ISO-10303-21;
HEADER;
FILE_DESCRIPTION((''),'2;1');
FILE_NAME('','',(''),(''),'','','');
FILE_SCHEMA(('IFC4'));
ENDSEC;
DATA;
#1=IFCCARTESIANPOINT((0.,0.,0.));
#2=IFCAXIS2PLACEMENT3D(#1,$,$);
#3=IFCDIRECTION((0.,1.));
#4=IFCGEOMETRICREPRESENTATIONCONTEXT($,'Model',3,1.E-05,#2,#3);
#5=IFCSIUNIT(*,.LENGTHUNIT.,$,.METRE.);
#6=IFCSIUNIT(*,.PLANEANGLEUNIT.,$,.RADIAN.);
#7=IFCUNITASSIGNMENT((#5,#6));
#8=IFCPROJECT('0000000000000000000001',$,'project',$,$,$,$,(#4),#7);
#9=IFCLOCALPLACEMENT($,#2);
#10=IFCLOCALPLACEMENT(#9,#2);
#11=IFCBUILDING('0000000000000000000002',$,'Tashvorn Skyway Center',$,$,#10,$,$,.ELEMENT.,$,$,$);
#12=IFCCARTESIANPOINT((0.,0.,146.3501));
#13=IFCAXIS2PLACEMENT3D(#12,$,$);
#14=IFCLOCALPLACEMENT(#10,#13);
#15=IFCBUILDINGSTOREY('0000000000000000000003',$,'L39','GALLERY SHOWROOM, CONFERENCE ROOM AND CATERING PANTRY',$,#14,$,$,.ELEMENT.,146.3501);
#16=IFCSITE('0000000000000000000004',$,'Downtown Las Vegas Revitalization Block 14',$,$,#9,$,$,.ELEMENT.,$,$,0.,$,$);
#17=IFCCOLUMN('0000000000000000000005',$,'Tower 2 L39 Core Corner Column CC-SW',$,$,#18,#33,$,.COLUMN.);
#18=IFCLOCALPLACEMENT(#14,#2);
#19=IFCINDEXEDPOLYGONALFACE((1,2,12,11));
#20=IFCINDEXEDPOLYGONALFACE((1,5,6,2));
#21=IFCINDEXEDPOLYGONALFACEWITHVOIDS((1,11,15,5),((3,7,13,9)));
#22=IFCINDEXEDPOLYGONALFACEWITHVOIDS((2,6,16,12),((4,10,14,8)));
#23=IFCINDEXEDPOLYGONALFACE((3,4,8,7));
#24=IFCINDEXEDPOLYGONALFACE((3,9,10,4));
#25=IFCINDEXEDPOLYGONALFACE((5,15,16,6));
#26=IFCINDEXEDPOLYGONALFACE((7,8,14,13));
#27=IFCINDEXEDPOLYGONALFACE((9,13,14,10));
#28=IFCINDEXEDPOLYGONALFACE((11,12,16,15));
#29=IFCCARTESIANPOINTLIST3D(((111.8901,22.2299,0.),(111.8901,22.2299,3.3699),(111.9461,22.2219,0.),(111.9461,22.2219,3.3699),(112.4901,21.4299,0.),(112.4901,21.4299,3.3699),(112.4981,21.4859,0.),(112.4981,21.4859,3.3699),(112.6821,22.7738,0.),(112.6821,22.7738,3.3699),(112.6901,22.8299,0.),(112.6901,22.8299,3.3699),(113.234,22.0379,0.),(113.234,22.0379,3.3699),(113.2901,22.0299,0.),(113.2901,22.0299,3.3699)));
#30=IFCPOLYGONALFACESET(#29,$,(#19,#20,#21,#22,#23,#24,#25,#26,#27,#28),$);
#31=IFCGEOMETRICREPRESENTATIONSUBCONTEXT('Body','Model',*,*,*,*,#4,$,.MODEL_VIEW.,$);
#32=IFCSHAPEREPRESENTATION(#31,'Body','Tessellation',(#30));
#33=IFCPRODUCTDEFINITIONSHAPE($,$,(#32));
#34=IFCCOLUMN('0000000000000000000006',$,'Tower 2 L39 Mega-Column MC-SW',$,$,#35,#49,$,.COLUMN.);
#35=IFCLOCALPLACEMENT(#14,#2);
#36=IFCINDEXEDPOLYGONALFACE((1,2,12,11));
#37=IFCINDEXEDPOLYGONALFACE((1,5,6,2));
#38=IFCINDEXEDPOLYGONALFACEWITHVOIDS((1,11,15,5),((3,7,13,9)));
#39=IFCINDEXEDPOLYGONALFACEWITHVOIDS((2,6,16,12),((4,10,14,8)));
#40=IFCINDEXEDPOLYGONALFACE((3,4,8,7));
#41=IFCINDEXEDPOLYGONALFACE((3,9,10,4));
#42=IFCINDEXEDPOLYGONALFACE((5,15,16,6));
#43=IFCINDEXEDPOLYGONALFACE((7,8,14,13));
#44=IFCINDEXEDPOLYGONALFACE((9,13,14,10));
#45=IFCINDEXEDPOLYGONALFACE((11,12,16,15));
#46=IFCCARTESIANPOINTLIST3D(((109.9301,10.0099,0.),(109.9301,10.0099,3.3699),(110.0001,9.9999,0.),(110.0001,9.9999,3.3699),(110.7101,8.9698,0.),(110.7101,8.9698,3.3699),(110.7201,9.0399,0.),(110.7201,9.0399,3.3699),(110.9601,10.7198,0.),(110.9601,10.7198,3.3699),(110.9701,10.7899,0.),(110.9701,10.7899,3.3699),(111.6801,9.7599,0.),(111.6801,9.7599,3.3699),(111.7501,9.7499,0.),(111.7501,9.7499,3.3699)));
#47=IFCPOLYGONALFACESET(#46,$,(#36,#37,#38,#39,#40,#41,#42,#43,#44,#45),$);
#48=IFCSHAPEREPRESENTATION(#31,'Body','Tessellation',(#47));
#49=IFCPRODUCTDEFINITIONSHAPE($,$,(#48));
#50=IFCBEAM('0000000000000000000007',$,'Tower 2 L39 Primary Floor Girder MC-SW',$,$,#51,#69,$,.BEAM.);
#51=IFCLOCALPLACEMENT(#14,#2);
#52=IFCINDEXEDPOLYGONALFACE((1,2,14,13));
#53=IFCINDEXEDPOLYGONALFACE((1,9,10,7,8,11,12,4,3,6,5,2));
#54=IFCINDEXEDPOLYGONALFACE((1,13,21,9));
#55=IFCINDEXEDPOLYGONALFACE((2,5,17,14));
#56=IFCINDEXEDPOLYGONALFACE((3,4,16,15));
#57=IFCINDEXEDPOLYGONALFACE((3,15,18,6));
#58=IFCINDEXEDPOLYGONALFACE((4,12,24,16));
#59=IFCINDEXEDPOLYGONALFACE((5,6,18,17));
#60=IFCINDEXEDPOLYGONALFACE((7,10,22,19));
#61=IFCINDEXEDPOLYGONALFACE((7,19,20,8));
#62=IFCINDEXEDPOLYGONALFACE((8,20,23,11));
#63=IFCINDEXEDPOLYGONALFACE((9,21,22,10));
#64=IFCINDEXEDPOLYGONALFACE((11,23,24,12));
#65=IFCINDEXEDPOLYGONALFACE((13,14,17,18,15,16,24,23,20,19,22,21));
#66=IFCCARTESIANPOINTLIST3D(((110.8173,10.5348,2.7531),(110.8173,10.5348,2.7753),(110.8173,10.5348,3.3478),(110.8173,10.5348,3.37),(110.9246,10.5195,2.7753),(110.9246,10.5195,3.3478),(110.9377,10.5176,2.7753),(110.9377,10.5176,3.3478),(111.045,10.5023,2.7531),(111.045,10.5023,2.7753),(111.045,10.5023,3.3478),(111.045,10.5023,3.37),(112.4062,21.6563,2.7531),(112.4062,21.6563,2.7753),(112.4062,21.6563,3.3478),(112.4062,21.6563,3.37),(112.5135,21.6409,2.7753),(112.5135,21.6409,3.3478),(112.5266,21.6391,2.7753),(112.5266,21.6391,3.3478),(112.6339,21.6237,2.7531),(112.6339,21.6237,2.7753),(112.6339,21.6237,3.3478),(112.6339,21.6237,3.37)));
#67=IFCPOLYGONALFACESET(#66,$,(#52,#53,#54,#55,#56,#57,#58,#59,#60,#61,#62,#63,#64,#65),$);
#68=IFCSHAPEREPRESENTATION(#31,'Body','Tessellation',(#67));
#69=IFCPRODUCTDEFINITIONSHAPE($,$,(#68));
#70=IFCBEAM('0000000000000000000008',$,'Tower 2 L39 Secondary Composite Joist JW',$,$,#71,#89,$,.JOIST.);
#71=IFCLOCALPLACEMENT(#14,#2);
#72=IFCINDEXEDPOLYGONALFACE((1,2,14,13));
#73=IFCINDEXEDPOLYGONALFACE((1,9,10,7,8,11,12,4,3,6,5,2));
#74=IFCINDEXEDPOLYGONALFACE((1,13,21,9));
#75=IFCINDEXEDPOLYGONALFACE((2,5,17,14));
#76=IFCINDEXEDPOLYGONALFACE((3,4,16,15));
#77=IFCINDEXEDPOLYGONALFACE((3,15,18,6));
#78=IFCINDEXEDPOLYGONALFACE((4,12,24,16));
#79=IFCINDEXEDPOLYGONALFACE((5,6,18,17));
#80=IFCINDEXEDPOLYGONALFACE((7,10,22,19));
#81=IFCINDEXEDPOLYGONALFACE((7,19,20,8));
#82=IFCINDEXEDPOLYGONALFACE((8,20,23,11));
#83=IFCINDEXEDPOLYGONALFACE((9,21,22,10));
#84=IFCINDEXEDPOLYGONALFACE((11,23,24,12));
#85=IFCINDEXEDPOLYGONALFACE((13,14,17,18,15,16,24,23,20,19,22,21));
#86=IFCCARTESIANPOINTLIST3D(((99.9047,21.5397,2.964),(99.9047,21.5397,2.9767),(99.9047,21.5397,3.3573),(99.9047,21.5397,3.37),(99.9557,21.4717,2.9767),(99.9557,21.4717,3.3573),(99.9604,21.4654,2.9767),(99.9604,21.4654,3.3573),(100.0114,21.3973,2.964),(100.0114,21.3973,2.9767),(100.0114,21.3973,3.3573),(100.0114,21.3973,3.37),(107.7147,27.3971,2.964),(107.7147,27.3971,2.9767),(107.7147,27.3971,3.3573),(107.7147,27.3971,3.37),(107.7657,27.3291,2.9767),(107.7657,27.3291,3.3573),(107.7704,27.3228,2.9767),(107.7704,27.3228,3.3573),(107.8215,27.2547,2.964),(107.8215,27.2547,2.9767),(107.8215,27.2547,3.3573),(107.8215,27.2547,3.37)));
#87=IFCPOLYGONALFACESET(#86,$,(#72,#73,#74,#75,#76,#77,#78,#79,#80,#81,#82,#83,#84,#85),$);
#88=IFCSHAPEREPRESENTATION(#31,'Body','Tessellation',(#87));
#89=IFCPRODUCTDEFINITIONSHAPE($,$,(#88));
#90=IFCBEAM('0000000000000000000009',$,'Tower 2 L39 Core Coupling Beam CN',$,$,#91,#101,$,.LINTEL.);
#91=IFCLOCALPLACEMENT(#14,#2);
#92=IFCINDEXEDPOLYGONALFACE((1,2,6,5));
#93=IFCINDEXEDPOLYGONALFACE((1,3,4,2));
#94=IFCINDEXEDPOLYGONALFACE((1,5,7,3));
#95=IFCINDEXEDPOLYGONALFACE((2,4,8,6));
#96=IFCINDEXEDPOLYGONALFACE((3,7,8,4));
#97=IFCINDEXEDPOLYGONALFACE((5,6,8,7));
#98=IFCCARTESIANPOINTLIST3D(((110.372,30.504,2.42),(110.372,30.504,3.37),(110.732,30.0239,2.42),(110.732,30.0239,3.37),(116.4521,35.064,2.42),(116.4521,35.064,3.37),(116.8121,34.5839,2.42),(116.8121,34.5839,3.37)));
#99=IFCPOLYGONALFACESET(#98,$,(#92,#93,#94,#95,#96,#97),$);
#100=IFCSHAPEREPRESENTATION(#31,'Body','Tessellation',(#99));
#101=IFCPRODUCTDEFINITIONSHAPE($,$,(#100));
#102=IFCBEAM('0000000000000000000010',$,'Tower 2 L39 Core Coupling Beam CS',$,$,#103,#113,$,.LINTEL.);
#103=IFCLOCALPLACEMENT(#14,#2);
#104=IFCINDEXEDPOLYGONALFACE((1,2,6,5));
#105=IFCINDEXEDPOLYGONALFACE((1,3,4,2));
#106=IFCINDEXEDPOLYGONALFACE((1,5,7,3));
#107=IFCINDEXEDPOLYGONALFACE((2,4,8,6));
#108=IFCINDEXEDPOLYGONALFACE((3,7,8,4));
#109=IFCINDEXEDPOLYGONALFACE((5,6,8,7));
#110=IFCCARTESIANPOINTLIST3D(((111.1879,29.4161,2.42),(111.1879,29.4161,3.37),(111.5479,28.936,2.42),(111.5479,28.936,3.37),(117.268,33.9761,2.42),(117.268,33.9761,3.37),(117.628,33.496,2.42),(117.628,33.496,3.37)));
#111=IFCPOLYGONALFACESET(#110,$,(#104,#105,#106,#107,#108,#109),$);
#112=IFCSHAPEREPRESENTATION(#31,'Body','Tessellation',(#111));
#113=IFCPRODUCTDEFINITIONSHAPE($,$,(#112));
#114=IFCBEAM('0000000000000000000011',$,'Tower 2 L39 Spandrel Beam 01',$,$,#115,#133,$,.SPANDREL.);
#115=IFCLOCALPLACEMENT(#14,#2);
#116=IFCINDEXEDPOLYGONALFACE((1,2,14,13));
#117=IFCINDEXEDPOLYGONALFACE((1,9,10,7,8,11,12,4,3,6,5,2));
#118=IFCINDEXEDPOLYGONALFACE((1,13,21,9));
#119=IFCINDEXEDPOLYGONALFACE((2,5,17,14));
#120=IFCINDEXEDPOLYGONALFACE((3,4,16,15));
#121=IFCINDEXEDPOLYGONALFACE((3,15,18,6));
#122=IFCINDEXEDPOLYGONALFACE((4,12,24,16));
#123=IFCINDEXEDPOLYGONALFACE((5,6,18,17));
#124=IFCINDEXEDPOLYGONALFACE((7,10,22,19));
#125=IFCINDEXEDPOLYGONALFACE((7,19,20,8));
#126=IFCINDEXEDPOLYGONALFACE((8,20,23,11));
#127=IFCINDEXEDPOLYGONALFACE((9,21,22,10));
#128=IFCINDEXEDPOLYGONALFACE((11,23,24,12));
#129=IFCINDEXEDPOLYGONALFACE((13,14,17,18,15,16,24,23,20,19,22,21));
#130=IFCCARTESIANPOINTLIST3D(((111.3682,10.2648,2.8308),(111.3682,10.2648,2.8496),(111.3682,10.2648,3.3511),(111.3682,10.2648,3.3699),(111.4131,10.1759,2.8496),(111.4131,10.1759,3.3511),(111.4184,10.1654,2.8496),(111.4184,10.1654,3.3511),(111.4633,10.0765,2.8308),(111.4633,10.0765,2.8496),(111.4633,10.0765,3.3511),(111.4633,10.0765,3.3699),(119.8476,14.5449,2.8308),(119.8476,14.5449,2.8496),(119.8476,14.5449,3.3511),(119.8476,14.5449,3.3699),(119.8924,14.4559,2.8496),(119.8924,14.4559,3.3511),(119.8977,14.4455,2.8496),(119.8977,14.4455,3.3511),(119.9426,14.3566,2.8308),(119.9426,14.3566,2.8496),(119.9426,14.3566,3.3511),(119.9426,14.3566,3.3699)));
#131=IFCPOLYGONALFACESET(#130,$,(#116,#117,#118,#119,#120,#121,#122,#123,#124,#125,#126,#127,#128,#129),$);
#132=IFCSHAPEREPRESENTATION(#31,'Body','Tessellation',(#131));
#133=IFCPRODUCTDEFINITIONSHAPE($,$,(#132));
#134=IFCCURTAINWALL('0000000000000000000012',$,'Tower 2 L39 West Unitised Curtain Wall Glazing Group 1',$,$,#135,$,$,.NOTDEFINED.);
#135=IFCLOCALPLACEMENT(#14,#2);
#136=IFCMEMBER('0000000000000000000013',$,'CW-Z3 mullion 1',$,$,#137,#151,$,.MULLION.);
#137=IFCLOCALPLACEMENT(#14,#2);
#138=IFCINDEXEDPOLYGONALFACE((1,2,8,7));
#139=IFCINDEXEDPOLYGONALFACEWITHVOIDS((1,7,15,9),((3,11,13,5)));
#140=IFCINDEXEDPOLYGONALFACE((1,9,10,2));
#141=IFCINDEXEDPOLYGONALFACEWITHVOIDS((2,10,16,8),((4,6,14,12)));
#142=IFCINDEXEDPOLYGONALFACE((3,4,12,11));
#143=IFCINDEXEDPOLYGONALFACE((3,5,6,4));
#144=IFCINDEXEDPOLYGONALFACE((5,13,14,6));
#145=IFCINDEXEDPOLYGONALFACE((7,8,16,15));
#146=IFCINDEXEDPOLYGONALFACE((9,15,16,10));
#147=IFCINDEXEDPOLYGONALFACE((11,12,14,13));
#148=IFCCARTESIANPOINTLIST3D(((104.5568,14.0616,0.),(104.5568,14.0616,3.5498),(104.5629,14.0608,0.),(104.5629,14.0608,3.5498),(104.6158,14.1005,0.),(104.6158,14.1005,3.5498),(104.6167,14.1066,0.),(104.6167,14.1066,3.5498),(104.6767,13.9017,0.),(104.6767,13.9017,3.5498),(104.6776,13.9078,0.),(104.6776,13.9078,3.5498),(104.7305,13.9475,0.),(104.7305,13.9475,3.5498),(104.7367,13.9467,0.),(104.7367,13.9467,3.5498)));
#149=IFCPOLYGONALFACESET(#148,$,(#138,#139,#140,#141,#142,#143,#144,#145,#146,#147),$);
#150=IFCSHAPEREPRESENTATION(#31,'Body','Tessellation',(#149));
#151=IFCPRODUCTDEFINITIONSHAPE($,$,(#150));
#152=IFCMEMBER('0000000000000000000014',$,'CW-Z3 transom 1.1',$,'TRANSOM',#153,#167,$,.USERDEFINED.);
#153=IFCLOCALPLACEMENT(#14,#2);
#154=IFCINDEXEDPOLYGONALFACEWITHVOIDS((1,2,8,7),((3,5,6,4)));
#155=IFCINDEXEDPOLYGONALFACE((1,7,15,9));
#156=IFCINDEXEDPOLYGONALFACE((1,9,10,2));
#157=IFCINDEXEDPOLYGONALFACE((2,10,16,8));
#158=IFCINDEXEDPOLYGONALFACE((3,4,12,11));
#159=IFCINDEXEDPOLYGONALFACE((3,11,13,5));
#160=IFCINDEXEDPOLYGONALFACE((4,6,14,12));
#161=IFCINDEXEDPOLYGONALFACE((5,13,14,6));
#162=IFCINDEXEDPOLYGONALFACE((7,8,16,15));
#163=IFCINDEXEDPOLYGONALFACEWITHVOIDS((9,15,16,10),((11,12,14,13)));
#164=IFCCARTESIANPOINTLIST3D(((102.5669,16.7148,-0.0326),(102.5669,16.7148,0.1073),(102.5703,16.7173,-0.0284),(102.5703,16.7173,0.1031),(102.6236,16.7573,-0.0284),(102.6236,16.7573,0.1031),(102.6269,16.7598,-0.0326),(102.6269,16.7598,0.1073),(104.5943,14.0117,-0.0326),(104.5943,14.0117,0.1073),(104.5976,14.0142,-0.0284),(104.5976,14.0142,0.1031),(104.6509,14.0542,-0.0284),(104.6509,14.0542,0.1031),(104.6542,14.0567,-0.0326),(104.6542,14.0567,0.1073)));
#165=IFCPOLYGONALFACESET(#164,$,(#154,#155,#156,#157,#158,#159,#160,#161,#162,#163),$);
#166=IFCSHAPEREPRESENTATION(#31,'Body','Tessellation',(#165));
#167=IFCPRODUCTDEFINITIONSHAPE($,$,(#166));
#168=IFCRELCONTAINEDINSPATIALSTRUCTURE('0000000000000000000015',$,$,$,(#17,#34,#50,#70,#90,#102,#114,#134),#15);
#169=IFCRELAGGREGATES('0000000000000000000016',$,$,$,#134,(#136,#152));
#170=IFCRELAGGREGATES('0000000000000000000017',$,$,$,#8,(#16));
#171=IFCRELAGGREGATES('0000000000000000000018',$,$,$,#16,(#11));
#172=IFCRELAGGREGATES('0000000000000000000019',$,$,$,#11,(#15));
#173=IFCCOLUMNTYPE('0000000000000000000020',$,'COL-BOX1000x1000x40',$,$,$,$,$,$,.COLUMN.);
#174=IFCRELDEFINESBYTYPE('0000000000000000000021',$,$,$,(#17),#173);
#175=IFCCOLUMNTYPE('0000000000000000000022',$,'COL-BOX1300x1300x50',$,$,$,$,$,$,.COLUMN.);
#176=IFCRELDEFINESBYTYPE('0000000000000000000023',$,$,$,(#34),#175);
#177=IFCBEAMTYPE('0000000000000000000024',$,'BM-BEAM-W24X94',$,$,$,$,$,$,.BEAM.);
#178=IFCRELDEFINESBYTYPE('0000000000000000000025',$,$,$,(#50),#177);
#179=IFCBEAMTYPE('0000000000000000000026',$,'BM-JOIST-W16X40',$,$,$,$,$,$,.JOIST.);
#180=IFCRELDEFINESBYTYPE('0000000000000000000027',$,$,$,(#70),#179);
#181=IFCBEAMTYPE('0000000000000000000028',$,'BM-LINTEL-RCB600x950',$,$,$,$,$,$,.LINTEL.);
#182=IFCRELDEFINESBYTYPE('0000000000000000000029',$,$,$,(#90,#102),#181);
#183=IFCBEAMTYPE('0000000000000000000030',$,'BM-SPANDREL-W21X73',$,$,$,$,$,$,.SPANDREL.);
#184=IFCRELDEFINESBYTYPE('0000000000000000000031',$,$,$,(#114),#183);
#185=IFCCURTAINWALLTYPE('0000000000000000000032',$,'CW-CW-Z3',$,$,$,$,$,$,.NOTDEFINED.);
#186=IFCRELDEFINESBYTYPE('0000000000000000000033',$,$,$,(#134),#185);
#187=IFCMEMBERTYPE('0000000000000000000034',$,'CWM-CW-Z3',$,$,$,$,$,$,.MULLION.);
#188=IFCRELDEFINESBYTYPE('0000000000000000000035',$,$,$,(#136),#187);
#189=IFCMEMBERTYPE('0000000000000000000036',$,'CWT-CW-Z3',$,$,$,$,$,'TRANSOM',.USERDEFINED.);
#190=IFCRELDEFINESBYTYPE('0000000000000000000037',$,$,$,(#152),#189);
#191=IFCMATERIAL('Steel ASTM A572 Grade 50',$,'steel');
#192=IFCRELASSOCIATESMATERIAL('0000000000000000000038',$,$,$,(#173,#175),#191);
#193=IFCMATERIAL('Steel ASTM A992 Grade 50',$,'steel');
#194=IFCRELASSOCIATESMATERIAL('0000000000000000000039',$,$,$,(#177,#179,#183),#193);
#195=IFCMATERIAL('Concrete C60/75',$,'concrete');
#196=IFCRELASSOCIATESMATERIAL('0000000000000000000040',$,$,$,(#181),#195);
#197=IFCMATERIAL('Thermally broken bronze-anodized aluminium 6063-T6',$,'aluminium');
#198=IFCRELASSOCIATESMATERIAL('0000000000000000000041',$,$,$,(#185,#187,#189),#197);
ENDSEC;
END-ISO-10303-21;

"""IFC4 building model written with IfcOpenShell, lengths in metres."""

from ifc_helpers import new_model, si_unit, direction, frame, origin, origin_2d, place, context, subcontext, project, spatial, rectangle, hollow_rectangle, i_section, extrude, material, material_profile, profile_set, type_object, element, aggregate, save


model = new_model("IFC4")

# Units and contexts
model_context = context("Model", 3, precision=1e-05, world=origin(), true_north=direction((0.0, 1.0)))
body_context = subcontext(model_context, "Body", "Model", "MODEL_VIEW")
ifc_project = project(units=[si_unit("LENGTHUNIT", "METRE"), si_unit("PLANEANGLEUNIT", "RADIAN")], contexts=[model_context])

# Site, building, storey
site_placement = place(None, origin())
site = spatial("IfcSite", under=ifc_project, at=site_placement, Name="Downtown Las Vegas Revitalization Block 14", CompositionType="ELEMENT", RefElevation=0.0)
building_placement = place(site_placement, origin())
building = spatial("IfcBuilding", under=site, at=building_placement, Name="Tashvorn Skyway Center", CompositionType="ELEMENT")
storey_placement = place(building_placement, frame((0.0, 0.0, 146.3501)))
storey = spatial("IfcBuildingStorey", under=building, at=storey_placement, Name="L39", Description="GALLERY SHOWROOM, CONFERENCE ROOM AND CATERING PANTRY", CompositionType="ELEMENT", Elevation=146.3501)

# Columns
ifc_material_1 = material(Name="Steel ASTM A572 Grade 50", Category="steel")
ifc_material_profile_1 = material_profile(ifc_material_1, hollow_rectangle(XDim=1.0, YDim=1.0, WallThickness=0.04, at=origin_2d()), Name="BOX1000x1000x40")
ifc_profile_set_1 = profile_set([ifc_material_profile_1], Name="Steel ASTM A572 Grade 50")
column_type_1 = type_object("IfcColumnType", Name="COL-BOX1000x1000x40", PredefinedType="COLUMN", material=ifc_profile_set_1)
column_1_placement = place(storey_placement, frame((112.5901, 22.1299, 0.0), z_axis=(0.0, 0.0, 1.0), x_axis=(0.8, 0.6, 0.0)))
element("IfcColumn", 1, at=column_1_placement, inside=storey, type_object=column_type_1, Name="Tower 2 L39 Core Corner Column CC-SW", PredefinedType="COLUMN", context=body_context, shape_type="SweptSolid", body=[
    extrude(hollow_rectangle(XDim=1.0, YDim=1.0, WallThickness=0.04, at=origin_2d()), origin(), (0.0, 0.0, 1.0), 3.3699),
])
ifc_material_profile_2 = material_profile(ifc_material_1, hollow_rectangle(XDim=1.3, YDim=1.3, WallThickness=0.05, at=origin_2d()), Name="BOX1300x1300x50")
ifc_profile_set_2 = profile_set([ifc_material_profile_2], Name="Steel ASTM A572 Grade 50")
column_type_2 = type_object("IfcColumnType", Name="COL-BOX1300x1300x50", PredefinedType="COLUMN", material=ifc_profile_set_2)
column_2_placement = place(storey_placement, frame((110.8401, 9.8799, 0.0), z_axis=(0.0, 0.0, 1.0), x_axis=(0.8, 0.6, 0.0)))
element("IfcColumn", 2, at=column_2_placement, inside=storey, type_object=column_type_2, Name="Tower 2 L39 Mega-Column MC-SW", PredefinedType="COLUMN", context=body_context, shape_type="SweptSolid", body=[
    extrude(hollow_rectangle(XDim=1.3, YDim=1.3, WallThickness=0.05, at=origin_2d()), origin(), (0.0, 0.0, 1.0), 3.3699),
])

# Beams
ifc_material_2 = material(Name="Steel ASTM A992 Grade 50", Category="steel")
ifc_material_profile_3 = material_profile(ifc_material_2, i_section(OverallWidth=0.23, OverallDepth=0.6169, WebThickness=0.0132, FlangeThickness=0.0222, at=origin_2d()), Name="W24X94")
ifc_profile_set_3 = profile_set([ifc_material_profile_3], Name="Steel ASTM A992 Grade 50")
beam_type_1 = type_object("IfcBeamType", Name="BM-BEAM-W24X94", PredefinedType="BEAM", material=ifc_profile_set_3)
beam_1_placement = place(storey_placement, frame((110.9312, 10.5186, 3.0615), z_axis=(0.14143, 0.989948, 0.0), x_axis=(-0.989948, 0.14143, 0.0)))
element("IfcBeam", 3, at=beam_1_placement, inside=storey, type_object=beam_type_1, Name="Tower 2 L39 Primary Floor Girder MC-SW", PredefinedType="BEAM", context=body_context, shape_type="SweptSolid", body=[
    extrude(i_section(OverallWidth=0.23, OverallDepth=0.6169, WebThickness=0.0132, FlangeThickness=0.0222, at=origin_2d()), origin(), (0.0, 0.0, 1.0), 11.2344),
])
ifc_material_profile_4 = material_profile(ifc_material_2, i_section(OverallWidth=0.178, OverallDepth=0.406, WebThickness=0.0078, FlangeThickness=0.0127, at=origin_2d()), Name="W16X40")
ifc_profile_set_4 = profile_set([ifc_material_profile_4], Name="Steel ASTM A992 Grade 50")
beam_type_2 = type_object("IfcBeamType", Name="BM-JOIST-W16X40", PredefinedType="JOIST", material=ifc_profile_set_4)
beam_2_placement = place(storey_placement, frame((107.7681, 27.3259, 3.167), z_axis=(-0.800006, -0.599992, 0.0), x_axis=(0.599992, -0.800006, 0.0)))
element("IfcBeam", 4, at=beam_2_placement, inside=storey, type_object=beam_type_2, Name="Tower 2 L39 Secondary Composite Joist JW", PredefinedType="JOIST", context=body_context, shape_type="SweptSolid", body=[
    extrude(i_section(OverallWidth=0.178, OverallDepth=0.406, WebThickness=0.0078, FlangeThickness=0.0127, at=origin_2d()), origin(), (0.0, 0.0, 1.0), 9.7625),
])
ifc_material_3 = material(Name="Concrete C60/75", Category="concrete")
ifc_material_profile_5 = material_profile(ifc_material_3, rectangle(XDim=0.6001, YDim=0.95, at=origin_2d()), Name="RCB600x950")
ifc_profile_set_5 = profile_set([ifc_material_profile_5], Name="Concrete C60/75")
beam_type_3 = type_object("IfcBeamType", Name="BM-LINTEL-RCB600x950", PredefinedType="LINTEL", material=ifc_profile_set_5)
for number, where, z_axis, x_axis, name in (
    (5, (110.552, 30.2639, 2.895), (0.8, 0.6, 0.0), (-0.6, 0.8, 0.0), "Tower 2 L39 Core Coupling Beam CN"),
    (6, (111.3679, 29.176, 2.895), (0.8, 0.6, 0.0), (-0.6, 0.8, 0.0), "Tower 2 L39 Core Coupling Beam CS"),
):
    element("IfcBeam", number, at=place(storey_placement, frame(where, z_axis=z_axis, x_axis=x_axis)), inside=storey, type_object=beam_type_3, Name=name, PredefinedType="LINTEL", context=body_context, shape_type="SweptSolid", body=[
        extrude(rectangle(XDim=0.6001, YDim=0.95, at=origin_2d()), origin(), (0.0, 0.0, 1.0), 7.6001),
    ])
ifc_material_profile_6 = material_profile(ifc_material_2, i_section(OverallWidth=0.2109, OverallDepth=0.5391, WebThickness=0.0117, FlangeThickness=0.0188, at=origin_2d()), Name="W21X73")
ifc_profile_set_6 = profile_set([ifc_material_profile_6], Name="Steel ASTM A992 Grade 50")
beam_type_4 = type_object("IfcBeamType", Name="BM-SPANDREL-W21X73", PredefinedType="SPANDREL", material=ifc_profile_set_6)
beam_3_placement = place(storey_placement, frame((111.4158, 10.1707, 3.1003), z_axis=(0.892719, 0.450614, 0.0), x_axis=(-0.450614, 0.892719, 0.0)))
element("IfcBeam", 7, at=beam_3_placement, inside=storey, type_object=beam_type_4, Name="Tower 2 L39 Spandrel Beam 01", PredefinedType="SPANDREL", context=body_context, shape_type="SweptSolid", body=[
    extrude(i_section(OverallWidth=0.2109, OverallDepth=0.5391, WebThickness=0.0117, FlangeThickness=0.0188, at=origin_2d()), origin(), (0.0, 0.0, 1.0), 9.4983),
])

# Curtain wall, members
ifc_material_4 = material(Name="Thermally broken bronze-anodized aluminium 6063-T6", Category="aluminium")
curtain_wall_type = type_object("IfcCurtainWallType", Name="CW-CW-Z3", PredefinedType="NOTDEFINED", material=ifc_material_4)
curtain_wall_placement = place(storey_placement, origin())
curtain_wall = element("IfcCurtainWall", 8, at=curtain_wall_placement, inside=storey, type_object=curtain_wall_type, Name="Tower 2 L39 West Unitised Curtain Wall Glazing Group 1", PredefinedType="NOTDEFINED")
ifc_material_profile_7 = material_profile(ifc_material_4, hollow_rectangle(XDim=0.075, YDim=0.2, WallThickness=0.0044, at=origin_2d()), Name="ALU-MULL-75x200")
ifc_profile_set_7 = profile_set([ifc_material_profile_7], Name="Thermally broken bronze-anodized aluminium 6063-T6")
member_type_1 = type_object("IfcMemberType", Name="CWM-CW-Z3", PredefinedType="MULLION", material=ifc_profile_set_7)
member_1_placement = place(storey_placement, frame((104.6467, 14.0042, 0.0), z_axis=(0.0, 0.0, 1.0), x_axis=(-0.800003, -0.599995, 0.0)))
member_1 = element("IfcMember", 9, at=member_1_placement, type_object=member_type_1, Name="CW-Z3 mullion 1", PredefinedType="MULLION", context=body_context, shape_type="SweptSolid", body=[
    extrude(hollow_rectangle(XDim=0.075, YDim=0.2, WallThickness=0.0044, at=origin_2d()), origin(), (0.0, 0.0, 1.0), 3.5498),
])
ifc_material_profile_8 = material_profile(ifc_material_4, hollow_rectangle(XDim=0.075, YDim=0.1399, WallThickness=0.0042, at=origin_2d()), Name="ALU-TRAN-75x140")
ifc_profile_set_8 = profile_set([ifc_material_profile_8], Name="Thermally broken bronze-anodized aluminium 6063-T6")
member_type_2 = type_object("IfcMemberType", Name="CWT-CW-Z3", ElementType="TRANSOM", PredefinedType="USERDEFINED", material=ifc_profile_set_8)
member_2_placement = place(storey_placement, frame((104.6243, 14.0342, 0.0374), z_axis=(-0.6, 0.8, 0.0), x_axis=(-0.8, -0.6, 0.0)))
member_2 = element("IfcMember", 10, at=member_2_placement, type_object=member_type_2, Name="CW-Z3 transom 1.1", ObjectType="TRANSOM", PredefinedType="USERDEFINED", context=body_context, shape_type="SweptSolid", body=[
    extrude(hollow_rectangle(XDim=0.075, YDim=0.1399, WallThickness=0.0042, at=origin_2d()), origin(), (0.0, 0.0, 1.0), 3.3789),
])
aggregate(curtain_wall, [member_1, member_2])

save(model, "model.ifc")
